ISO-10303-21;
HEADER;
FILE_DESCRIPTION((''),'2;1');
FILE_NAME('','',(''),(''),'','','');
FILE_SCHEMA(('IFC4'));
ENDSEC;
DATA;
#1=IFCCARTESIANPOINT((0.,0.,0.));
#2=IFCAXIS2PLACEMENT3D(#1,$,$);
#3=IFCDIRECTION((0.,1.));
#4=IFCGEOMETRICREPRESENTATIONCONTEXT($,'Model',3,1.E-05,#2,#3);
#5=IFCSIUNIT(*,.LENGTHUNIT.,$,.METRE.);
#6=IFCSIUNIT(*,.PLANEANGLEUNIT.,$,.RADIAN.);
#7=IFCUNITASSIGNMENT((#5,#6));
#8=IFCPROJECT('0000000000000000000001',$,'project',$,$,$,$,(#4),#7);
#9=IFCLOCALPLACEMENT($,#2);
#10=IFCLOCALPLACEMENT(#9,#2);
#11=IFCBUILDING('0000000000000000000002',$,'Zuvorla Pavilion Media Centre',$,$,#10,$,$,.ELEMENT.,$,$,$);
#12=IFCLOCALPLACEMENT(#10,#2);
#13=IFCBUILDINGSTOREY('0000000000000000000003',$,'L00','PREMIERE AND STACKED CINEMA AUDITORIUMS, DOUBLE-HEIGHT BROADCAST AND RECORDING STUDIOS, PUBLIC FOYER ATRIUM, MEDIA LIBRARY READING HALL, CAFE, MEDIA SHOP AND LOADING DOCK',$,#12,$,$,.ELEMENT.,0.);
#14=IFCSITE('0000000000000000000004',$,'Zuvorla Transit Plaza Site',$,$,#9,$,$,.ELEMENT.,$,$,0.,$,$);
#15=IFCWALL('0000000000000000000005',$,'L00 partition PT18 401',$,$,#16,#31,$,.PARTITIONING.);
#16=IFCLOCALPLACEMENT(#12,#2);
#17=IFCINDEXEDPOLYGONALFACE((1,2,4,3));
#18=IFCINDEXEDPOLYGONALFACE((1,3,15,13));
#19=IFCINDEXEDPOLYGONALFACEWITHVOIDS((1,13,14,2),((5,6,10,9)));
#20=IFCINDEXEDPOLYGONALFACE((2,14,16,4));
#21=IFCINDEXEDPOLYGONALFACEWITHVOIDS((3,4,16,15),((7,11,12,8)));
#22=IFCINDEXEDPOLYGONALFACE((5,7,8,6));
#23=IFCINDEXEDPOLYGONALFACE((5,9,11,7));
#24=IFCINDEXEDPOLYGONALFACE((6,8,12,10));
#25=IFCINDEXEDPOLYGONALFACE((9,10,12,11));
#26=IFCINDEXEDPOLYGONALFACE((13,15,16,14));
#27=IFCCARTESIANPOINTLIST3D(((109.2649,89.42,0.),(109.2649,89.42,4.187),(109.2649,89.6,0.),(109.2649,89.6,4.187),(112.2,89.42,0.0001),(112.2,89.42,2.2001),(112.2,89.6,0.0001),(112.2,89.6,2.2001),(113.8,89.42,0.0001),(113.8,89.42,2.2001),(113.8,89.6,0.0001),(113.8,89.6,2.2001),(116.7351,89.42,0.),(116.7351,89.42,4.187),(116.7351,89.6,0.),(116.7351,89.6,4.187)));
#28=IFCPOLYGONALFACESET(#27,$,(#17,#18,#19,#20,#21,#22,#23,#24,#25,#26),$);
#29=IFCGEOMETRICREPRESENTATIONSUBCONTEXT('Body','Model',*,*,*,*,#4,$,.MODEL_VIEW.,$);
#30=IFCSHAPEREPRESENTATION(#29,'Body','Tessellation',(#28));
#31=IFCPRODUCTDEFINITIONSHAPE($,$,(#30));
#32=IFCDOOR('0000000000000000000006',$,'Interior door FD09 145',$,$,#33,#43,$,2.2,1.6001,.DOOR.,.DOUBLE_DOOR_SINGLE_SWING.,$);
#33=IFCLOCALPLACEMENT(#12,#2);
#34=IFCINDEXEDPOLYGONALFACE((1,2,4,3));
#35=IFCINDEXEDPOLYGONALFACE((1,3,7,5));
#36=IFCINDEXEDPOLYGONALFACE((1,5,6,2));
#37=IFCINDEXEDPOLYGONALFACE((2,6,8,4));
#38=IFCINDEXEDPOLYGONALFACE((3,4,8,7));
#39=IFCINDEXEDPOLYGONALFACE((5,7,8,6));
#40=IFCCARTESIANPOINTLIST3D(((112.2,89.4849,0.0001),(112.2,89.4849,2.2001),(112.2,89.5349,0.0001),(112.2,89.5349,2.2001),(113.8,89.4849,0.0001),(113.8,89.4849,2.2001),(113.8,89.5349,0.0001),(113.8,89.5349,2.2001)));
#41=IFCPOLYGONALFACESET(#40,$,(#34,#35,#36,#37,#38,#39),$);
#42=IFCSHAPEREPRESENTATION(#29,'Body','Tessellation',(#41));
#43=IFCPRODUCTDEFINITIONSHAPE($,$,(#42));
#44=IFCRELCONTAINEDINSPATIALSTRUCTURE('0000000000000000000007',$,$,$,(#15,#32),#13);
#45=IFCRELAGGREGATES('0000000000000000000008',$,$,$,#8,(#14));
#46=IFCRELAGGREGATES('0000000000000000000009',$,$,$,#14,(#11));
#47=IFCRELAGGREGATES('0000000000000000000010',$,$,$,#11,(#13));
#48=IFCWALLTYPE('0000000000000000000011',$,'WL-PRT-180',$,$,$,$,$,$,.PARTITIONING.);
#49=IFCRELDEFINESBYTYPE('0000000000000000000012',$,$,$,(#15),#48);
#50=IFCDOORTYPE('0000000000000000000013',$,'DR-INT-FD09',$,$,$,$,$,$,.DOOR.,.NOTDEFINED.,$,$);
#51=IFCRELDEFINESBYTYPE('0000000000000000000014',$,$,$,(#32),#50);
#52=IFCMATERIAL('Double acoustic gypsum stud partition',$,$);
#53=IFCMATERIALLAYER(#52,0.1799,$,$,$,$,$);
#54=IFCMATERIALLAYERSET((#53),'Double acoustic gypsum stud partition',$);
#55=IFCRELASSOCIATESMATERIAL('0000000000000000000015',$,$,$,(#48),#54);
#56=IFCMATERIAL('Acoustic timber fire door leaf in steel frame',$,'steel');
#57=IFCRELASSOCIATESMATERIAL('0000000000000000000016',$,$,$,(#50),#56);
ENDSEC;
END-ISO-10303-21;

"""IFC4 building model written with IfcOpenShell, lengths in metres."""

from ifc_helpers import new_model, si_unit, direction, frame, frame_2d, origin, place, context, subcontext, project, spatial, rectangle, extrude, material, layer, layer_set, type_object, element, fill, save


model = new_model("IFC4")

# Units and contexts
model_context = context("Model", 3, precision=1e-05, world=origin(), true_north=direction((0.0, 1.0)))
body_context = subcontext(model_context, "Body", "Model", "MODEL_VIEW")
ifc_project = project(units=[si_unit("LENGTHUNIT", "METRE"), si_unit("PLANEANGLEUNIT", "RADIAN")], contexts=[model_context])

# Site, building, storey
site_placement = place(None, origin())
site = spatial("IfcSite", under=ifc_project, at=site_placement, Name="Zuvorla Transit Plaza Site", CompositionType="ELEMENT", RefElevation=0.0)
building_placement = place(site_placement, origin())
building = spatial("IfcBuilding", under=site, at=building_placement, Name="Zuvorla Pavilion Media Centre", CompositionType="ELEMENT")
storey_placement = place(building_placement, origin())
storey = spatial("IfcBuildingStorey", under=building, at=storey_placement, Name="L00", Description="PREMIERE AND STACKED CINEMA AUDITORIUMS, DOUBLE-HEIGHT BROADCAST AND RECORDING STUDIOS, PUBLIC FOYER ATRIUM, MEDIA LIBRARY READING HALL, CAFE, MEDIA SHOP AND LOADING DOCK", CompositionType="ELEMENT", Elevation=0.0)

# Wall, opening, door
ifc_material_1 = material(Name="Double acoustic gypsum stud partition")
ifc_layer_1 = layer(ifc_material_1, 0.1799)
ifc_layer_set_1 = layer_set([ifc_layer_1], Name="Double acoustic gypsum stud partition")
wall_type_1 = type_object("IfcWallType", Name="WL-PRT-180", PredefinedType="PARTITIONING", material=ifc_layer_set_1)
ifc_material_2 = material(Name="Acoustic timber fire door leaf in steel frame", Category="steel")
wall_1_placement = place(storey_placement, frame((109.2649, 89.51, 0.0), z_axis=(0.0, 0.0, 1.0), x_axis=(1.0, 0.0, 0.0)))
wall_1 = element("IfcWall", 1, at=wall_1_placement, inside=storey, type_object=wall_type_1, Name="L00 partition PT18 401", PredefinedType="PARTITIONING", context=body_context, shape_type="SweptSolid", body=[
    extrude(rectangle(XDim=7.4702, YDim=0.1799, at=frame_2d((3.7351, 0.0))), origin(), (0.0, 0.0, 1.0), 4.187),
])
opening_1_placement = place(wall_1_placement, frame((2.9351, 0.0, 0.0)))
opening_1 = element("IfcOpeningElement", 2, at=opening_1_placement, cuts=wall_1, PredefinedType="OPENING", context=body_context, shape_type="SweptSolid", body=[
    extrude(rectangle(XDim=1.6001, YDim=2.2, at=frame_2d((0.8, 1.1001))), frame((0.0, 0.0999, 0.0), z_axis=(0.0, -1.0, 0.0), x_axis=(1.0, 0.0, 0.0)), (0.0, 0.0, 1.0), 0.2),
])
door_type_1 = type_object("IfcDoorType", Name="DR-INT-FD09", OperationType="NOTDEFINED", PredefinedType="DOOR", material=ifc_material_2)
door_1_placement = place(opening_1_placement, origin())
door_1 = element("IfcDoor", 3, at=door_1_placement, inside=storey, type_object=door_type_1, Name="Interior door FD09 145", OperationType="DOUBLE_DOOR_SINGLE_SWING", OverallHeight=2.2, OverallWidth=1.6001, PredefinedType="DOOR", context=body_context, shape_type="SweptSolid", body=[
    extrude(rectangle(XDim=1.6001, YDim=2.2, at=frame_2d((0.8, 1.1001))), frame((0.0, 0.0249, 0.0), z_axis=(0.0, -1.0, 0.0), x_axis=(1.0, 0.0, 0.0)), (0.0, 0.0, 1.0), 0.05),
])
fill(opening_1, door_1)

save(model, "model.ifc")
